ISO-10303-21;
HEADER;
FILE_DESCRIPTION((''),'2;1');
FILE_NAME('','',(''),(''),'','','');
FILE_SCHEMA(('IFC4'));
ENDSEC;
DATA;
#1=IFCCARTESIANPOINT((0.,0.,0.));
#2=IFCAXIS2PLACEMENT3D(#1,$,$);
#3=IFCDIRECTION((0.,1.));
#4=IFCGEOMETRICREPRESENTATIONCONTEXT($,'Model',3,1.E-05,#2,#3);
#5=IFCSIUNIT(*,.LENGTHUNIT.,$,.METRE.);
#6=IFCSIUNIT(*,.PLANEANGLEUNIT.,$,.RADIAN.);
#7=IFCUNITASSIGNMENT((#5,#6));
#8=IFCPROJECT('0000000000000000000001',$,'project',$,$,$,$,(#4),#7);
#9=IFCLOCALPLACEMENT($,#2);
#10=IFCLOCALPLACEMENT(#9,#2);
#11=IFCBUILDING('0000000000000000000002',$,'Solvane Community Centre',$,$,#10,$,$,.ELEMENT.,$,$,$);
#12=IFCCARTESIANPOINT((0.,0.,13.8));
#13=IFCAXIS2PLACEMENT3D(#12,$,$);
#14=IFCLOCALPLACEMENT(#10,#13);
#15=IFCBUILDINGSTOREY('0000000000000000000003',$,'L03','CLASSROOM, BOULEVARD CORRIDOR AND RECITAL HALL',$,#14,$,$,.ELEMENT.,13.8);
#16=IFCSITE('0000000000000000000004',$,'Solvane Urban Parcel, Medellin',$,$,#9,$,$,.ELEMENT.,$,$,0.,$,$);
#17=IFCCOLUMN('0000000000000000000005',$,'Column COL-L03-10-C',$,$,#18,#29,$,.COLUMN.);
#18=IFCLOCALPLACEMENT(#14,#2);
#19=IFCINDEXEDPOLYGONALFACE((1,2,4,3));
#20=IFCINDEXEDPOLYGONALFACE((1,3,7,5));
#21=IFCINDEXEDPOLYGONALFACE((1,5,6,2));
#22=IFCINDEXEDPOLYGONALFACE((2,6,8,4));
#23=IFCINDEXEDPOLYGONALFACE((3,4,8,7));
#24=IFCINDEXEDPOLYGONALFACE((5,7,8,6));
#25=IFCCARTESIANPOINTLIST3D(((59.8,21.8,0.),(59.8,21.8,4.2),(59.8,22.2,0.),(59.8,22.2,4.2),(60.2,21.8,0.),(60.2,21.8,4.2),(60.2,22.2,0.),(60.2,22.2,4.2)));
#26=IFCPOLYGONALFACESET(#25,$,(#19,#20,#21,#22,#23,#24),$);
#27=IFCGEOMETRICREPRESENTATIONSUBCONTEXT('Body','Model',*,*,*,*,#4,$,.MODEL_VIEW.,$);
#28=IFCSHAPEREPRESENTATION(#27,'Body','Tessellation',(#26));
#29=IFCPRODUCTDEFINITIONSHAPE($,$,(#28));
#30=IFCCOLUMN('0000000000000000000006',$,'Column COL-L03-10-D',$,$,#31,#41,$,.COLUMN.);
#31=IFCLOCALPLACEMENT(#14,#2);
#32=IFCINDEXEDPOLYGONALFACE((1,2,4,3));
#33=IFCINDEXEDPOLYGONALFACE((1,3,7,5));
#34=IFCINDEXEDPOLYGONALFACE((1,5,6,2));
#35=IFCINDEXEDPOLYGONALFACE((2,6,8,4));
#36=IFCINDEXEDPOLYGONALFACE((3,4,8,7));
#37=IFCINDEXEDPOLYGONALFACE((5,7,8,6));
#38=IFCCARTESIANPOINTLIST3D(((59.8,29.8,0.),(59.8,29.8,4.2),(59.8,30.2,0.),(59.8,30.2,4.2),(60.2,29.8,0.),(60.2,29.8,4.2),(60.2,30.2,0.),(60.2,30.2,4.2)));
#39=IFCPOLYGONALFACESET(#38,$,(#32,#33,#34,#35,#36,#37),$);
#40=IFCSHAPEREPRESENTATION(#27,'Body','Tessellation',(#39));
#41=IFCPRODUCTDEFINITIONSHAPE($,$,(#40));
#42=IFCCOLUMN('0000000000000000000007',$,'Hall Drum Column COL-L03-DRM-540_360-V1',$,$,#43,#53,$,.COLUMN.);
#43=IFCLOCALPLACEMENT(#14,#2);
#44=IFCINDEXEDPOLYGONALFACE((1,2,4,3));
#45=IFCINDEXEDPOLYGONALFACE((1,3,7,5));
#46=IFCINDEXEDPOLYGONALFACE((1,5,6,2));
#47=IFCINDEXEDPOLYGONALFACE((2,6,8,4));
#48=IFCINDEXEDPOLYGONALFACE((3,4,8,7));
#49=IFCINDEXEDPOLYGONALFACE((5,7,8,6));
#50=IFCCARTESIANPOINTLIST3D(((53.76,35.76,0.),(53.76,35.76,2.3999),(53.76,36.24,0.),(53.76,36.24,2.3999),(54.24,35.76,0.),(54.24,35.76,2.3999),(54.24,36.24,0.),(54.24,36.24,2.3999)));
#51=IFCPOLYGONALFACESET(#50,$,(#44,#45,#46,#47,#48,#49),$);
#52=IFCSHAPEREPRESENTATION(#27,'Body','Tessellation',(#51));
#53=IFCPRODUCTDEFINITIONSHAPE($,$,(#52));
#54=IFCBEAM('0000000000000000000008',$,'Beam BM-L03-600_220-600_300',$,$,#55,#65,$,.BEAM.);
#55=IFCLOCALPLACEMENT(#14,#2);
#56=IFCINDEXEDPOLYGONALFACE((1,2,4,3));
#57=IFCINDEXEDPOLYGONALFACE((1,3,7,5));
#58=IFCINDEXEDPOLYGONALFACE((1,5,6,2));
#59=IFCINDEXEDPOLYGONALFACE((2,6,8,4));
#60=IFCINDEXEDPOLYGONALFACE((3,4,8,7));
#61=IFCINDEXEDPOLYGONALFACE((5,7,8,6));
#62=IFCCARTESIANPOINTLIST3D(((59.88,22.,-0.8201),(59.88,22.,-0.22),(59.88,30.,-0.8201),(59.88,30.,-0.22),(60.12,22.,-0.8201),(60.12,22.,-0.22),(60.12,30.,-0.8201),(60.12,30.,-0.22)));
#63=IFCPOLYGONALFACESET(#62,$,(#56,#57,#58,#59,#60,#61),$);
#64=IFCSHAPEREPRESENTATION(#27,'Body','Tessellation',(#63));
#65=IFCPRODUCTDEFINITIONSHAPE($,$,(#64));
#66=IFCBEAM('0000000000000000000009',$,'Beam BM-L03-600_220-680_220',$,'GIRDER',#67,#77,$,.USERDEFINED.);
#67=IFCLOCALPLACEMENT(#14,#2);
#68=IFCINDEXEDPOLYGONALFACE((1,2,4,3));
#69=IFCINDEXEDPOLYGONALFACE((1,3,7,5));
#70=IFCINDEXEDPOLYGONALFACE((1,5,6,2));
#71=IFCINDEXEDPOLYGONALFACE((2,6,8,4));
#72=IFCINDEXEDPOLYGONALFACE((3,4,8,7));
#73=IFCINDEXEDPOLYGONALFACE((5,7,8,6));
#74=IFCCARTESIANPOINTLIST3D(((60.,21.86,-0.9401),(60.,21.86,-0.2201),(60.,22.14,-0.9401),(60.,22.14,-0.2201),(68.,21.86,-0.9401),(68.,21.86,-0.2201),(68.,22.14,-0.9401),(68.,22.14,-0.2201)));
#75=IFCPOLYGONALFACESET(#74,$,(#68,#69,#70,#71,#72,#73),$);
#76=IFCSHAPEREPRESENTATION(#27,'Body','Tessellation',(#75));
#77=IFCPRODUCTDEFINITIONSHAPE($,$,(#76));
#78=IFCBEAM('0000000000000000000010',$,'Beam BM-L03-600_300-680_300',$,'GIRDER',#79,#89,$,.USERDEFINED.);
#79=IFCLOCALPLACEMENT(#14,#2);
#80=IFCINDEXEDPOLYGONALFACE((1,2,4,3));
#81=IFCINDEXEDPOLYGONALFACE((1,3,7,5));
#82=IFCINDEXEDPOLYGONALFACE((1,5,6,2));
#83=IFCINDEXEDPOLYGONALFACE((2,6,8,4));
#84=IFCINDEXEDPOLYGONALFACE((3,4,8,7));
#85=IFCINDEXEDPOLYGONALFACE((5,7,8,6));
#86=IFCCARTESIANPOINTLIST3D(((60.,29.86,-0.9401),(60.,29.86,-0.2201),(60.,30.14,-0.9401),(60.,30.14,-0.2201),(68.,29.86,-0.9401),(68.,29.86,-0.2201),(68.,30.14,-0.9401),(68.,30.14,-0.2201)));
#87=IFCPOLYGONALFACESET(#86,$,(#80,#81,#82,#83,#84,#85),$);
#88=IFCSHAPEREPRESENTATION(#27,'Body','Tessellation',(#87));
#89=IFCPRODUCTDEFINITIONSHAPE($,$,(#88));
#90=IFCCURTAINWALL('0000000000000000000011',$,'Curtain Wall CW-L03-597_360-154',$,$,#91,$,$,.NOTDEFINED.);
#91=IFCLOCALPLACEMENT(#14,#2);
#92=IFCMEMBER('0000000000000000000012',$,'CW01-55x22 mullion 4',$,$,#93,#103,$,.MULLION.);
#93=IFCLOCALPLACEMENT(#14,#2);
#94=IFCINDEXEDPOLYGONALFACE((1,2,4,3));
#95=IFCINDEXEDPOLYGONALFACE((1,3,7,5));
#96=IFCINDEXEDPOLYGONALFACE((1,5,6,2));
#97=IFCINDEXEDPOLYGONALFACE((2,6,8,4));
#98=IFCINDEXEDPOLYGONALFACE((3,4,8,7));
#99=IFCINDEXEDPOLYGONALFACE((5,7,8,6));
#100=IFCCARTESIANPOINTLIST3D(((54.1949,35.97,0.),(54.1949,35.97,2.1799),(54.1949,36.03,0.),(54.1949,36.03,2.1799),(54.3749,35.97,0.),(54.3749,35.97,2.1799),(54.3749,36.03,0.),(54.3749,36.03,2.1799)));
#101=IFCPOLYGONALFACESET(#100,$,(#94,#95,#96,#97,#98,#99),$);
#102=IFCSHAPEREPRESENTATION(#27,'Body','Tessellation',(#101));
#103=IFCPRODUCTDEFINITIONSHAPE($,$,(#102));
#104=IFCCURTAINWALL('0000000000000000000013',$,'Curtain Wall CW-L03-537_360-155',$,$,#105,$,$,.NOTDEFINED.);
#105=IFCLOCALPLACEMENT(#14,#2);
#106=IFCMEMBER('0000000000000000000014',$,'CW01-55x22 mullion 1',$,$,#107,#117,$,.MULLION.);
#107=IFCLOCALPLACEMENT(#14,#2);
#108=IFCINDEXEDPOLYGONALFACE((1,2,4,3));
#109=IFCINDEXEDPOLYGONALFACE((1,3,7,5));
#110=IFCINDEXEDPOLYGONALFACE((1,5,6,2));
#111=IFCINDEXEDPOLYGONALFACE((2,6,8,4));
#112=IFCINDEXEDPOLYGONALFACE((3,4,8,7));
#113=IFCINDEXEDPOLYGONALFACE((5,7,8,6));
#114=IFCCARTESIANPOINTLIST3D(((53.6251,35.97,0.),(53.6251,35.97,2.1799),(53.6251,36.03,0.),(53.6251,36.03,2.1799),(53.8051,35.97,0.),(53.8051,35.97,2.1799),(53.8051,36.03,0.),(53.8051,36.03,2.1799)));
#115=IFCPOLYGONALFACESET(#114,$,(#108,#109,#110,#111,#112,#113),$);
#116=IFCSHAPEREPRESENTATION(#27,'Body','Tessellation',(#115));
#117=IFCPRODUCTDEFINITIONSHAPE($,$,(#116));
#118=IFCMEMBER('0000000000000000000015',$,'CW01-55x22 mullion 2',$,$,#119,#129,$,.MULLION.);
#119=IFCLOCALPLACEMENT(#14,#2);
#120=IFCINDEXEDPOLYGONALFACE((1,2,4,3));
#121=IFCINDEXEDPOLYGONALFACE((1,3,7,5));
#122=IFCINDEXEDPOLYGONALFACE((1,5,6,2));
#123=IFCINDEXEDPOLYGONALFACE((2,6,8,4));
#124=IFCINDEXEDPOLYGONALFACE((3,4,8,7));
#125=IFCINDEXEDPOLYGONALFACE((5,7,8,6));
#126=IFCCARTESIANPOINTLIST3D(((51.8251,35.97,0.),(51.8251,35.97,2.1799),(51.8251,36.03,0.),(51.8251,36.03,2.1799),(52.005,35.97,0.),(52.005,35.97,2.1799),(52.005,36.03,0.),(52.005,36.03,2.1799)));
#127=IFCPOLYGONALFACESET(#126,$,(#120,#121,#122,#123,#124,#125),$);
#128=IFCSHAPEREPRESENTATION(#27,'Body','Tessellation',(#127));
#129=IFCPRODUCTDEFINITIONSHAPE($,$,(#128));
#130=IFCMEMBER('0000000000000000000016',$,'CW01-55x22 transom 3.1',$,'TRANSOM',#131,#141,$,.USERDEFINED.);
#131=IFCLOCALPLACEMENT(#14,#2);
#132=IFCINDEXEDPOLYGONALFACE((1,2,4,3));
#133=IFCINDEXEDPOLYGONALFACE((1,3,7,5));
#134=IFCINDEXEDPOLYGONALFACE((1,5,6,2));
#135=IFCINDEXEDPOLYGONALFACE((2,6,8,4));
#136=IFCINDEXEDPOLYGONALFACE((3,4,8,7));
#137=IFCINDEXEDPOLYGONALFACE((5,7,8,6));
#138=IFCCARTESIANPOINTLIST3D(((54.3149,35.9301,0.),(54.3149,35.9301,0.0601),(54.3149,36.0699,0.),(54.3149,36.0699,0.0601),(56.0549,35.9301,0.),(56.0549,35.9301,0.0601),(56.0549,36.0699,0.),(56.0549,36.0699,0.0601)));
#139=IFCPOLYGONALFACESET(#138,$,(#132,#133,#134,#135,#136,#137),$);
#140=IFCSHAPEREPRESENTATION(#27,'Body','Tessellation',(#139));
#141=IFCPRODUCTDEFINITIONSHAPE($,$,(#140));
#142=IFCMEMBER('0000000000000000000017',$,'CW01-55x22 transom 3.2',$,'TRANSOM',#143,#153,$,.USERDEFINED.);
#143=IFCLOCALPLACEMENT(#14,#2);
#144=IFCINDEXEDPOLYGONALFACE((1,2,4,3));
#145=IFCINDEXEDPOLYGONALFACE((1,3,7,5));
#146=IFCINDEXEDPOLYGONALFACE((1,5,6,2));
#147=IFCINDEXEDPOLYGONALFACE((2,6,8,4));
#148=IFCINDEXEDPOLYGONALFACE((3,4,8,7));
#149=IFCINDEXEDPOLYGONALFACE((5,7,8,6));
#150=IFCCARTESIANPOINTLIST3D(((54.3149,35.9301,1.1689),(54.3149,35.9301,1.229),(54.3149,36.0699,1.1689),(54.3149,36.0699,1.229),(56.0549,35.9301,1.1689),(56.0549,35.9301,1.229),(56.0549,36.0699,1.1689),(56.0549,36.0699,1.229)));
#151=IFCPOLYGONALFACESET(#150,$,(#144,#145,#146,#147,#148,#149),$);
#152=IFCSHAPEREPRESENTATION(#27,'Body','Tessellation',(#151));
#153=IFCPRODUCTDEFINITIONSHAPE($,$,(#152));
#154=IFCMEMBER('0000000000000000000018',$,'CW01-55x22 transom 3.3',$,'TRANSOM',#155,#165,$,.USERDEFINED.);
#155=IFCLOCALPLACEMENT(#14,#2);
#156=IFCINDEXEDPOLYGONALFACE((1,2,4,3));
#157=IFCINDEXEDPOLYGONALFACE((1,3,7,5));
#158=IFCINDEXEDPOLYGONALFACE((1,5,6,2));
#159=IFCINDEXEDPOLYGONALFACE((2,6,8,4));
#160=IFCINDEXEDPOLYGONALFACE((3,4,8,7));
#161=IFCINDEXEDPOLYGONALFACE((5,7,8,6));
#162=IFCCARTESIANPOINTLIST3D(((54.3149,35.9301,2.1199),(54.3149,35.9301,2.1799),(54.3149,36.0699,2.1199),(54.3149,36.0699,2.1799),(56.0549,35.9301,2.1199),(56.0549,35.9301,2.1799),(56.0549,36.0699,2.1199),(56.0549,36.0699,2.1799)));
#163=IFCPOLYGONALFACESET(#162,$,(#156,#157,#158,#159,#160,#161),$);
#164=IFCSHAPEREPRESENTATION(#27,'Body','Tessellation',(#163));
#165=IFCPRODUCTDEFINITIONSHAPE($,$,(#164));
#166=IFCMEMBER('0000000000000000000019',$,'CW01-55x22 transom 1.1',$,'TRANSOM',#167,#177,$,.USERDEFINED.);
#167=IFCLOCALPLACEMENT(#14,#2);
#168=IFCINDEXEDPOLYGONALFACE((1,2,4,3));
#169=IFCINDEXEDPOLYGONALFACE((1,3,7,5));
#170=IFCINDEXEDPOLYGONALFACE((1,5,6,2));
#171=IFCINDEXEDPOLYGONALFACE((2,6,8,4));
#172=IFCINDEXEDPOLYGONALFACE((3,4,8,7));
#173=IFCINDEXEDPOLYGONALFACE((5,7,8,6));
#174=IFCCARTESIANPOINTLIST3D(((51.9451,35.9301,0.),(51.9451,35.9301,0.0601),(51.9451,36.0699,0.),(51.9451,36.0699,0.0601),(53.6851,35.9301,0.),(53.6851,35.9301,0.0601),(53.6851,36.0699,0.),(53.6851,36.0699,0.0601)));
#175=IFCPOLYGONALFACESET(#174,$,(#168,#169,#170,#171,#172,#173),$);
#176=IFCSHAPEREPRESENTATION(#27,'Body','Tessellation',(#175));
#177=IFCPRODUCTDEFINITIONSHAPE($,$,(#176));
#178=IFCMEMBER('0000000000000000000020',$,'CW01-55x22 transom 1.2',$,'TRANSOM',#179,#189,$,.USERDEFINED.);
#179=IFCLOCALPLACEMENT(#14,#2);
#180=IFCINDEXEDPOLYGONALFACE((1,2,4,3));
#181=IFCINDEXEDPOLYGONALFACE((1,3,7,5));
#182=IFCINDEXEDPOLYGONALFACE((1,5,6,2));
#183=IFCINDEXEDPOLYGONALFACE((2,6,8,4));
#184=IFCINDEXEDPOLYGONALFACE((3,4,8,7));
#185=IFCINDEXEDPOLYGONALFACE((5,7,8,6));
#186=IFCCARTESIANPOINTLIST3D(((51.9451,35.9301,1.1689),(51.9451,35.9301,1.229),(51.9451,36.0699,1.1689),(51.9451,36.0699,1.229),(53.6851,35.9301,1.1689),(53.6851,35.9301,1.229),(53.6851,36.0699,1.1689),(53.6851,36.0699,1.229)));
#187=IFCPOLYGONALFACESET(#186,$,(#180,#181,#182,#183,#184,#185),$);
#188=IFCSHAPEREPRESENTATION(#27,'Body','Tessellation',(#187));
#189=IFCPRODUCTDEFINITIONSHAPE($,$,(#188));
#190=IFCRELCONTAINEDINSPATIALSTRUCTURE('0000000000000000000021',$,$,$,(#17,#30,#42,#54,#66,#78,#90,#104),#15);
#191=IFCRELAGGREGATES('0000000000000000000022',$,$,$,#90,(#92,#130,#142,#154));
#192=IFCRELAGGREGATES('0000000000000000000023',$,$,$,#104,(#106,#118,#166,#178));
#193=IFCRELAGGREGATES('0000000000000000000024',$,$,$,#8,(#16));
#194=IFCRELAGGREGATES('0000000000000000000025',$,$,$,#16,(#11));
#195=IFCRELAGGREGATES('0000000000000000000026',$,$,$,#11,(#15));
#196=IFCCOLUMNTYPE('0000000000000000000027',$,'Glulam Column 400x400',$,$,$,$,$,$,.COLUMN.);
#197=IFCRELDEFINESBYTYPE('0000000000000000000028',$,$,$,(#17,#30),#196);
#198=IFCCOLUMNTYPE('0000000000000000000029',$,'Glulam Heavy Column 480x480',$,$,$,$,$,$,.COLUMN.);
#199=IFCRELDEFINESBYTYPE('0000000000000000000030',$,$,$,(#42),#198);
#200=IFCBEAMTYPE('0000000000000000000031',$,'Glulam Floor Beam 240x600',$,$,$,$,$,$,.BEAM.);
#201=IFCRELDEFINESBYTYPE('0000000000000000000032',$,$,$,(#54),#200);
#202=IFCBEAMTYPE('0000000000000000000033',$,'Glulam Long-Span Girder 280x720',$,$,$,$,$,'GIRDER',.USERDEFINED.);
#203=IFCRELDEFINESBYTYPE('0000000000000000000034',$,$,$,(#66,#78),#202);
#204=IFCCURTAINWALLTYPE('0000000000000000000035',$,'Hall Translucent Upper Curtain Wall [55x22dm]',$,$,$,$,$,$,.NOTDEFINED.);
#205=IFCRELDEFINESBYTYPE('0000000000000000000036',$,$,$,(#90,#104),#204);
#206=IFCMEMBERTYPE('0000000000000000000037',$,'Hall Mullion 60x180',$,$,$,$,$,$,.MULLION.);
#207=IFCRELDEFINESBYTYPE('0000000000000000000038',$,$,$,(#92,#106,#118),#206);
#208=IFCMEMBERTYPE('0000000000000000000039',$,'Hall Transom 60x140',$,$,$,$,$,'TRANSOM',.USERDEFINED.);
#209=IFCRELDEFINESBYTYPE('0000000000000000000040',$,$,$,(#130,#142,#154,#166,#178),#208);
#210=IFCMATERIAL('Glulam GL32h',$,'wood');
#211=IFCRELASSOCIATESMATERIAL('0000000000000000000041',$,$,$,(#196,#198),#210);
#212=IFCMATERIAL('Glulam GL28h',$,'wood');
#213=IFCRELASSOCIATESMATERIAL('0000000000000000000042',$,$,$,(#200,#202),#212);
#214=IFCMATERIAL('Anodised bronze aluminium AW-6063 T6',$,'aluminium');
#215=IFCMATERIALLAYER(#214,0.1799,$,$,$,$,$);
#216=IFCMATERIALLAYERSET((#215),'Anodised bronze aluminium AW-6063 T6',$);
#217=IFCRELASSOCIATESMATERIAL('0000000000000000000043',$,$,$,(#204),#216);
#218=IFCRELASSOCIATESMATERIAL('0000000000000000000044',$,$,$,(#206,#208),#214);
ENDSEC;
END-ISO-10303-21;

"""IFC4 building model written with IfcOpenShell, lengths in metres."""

from ifc_helpers import new_model, si_unit, direction, frame, origin, origin_2d, place, context, subcontext, project, spatial, rectangle, extrude, material, layer, layer_set, material_profile, profile_set, type_object, element, aggregate, save


model = new_model("IFC4")

# Units and contexts
model_context = context("Model", 3, precision=1e-05, world=origin(), true_north=direction((0.0, 1.0)))
body_context = subcontext(model_context, "Body", "Model", "MODEL_VIEW")
ifc_project = project(units=[si_unit("LENGTHUNIT", "METRE"), si_unit("PLANEANGLEUNIT", "RADIAN")], contexts=[model_context])

# Site, building, storey
site_placement = place(None, origin())
site = spatial("IfcSite", under=ifc_project, at=site_placement, Name="Solvane Urban Parcel, Medellin", CompositionType="ELEMENT", RefElevation=0.0)
building_placement = place(site_placement, origin())
building = spatial("IfcBuilding", under=site, at=building_placement, Name="Solvane Community Centre", CompositionType="ELEMENT")
storey_placement = place(building_placement, frame((0.0, 0.0, 13.8)))
storey = spatial("IfcBuildingStorey", under=building, at=storey_placement, Name="L03", Description="CLASSROOM, BOULEVARD CORRIDOR AND RECITAL HALL", CompositionType="ELEMENT", Elevation=13.8)

# Columns
ifc_material_1 = material(Name="Glulam GL32h", Category="wood")
ifc_material_profile_1 = material_profile(ifc_material_1, rectangle(XDim=0.3999, YDim=0.3999, at=origin_2d()), Name="GL32h 400x400")
ifc_profile_set_1 = profile_set([ifc_material_profile_1], Name="Glulam GL32h")
column_type_1 = type_object("IfcColumnType", Name="Glulam Column 400x400", PredefinedType="COLUMN", material=ifc_profile_set_1)
for number, where, z_axis, x_axis, name in (
    (1, (60.0, 22.0, 0.0), (0.0, 0.0, 1.0), (1.0, 0.0, 0.0), "Column COL-L03-10-C"),
    (2, (60.0, 30.0, 0.0), (0.0, 0.0, 1.0), (1.0, 0.0, 0.0), "Column COL-L03-10-D"),
):
    element("IfcColumn", number, at=place(storey_placement, frame(where, z_axis=z_axis, x_axis=x_axis)), inside=storey, type_object=column_type_1, Name=name, PredefinedType="COLUMN", context=body_context, shape_type="SweptSolid", body=[
        extrude(rectangle(XDim=0.3999, YDim=0.3999, at=origin_2d()), origin(), (0.0, 0.0, 1.0), 4.2),
    ])
ifc_material_profile_2 = material_profile(ifc_material_1, rectangle(XDim=0.48, YDim=0.48, at=origin_2d()), Name="GL32h 480x480")
ifc_profile_set_2 = profile_set([ifc_material_profile_2], Name="Glulam GL32h")
column_type_2 = type_object("IfcColumnType", Name="Glulam Heavy Column 480x480", PredefinedType="COLUMN", material=ifc_profile_set_2)
column_placement = place(storey_placement, frame((54.0, 36.0, 0.0), z_axis=(0.0, 0.0, 1.0), x_axis=(1.0, 0.0, 0.0)))
element("IfcColumn", 3, at=column_placement, inside=storey, type_object=column_type_2, Name="Hall Drum Column COL-L03-DRM-540_360-V1", PredefinedType="COLUMN", context=body_context, shape_type="SweptSolid", body=[
    extrude(rectangle(XDim=0.48, YDim=0.48, at=origin_2d()), origin(), (0.0, 0.0, 1.0), 2.3999),
])

# Beams
ifc_material_2 = material(Name="Glulam GL28h", Category="wood")
ifc_material_profile_3 = material_profile(ifc_material_2, rectangle(XDim=0.24, YDim=0.6001, at=origin_2d()), Name="GL28h 240x600")
ifc_profile_set_3 = profile_set([ifc_material_profile_3], Name="Glulam GL28h")
beam_type_1 = type_object("IfcBeamType", Name="Glulam Floor Beam 240x600", PredefinedType="BEAM", material=ifc_profile_set_3)
beam_1_placement = place(storey_placement, frame((60.0, 22.0, -0.52), z_axis=(0.0, 1.0, 0.0), x_axis=(-1.0, 0.0, 0.0)))
element("IfcBeam", 4, at=beam_1_placement, inside=storey, type_object=beam_type_1, Name="Beam BM-L03-600_220-600_300", PredefinedType="BEAM", context=body_context, shape_type="SweptSolid", body=[
    extrude(rectangle(XDim=0.24, YDim=0.6001, at=origin_2d()), origin(), (0.0, 0.0, 1.0), 8.0),
])
ifc_material_profile_4 = material_profile(ifc_material_2, rectangle(XDim=0.28, YDim=0.72, at=origin_2d()), Name="GL28h 280x720")
ifc_profile_set_4 = profile_set([ifc_material_profile_4], Name="Glulam GL28h")
beam_type_2 = type_object("IfcBeamType", Name="Glulam Long-Span Girder 280x720", ElementType="GIRDER", PredefinedType="USERDEFINED", material=ifc_profile_set_4)
for number, where, z_axis, x_axis, name in (
    (5, (60.0, 22.0, -0.5801), (1.0, 0.0, 0.0), (0.0, 1.0, 0.0), "Beam BM-L03-600_220-680_220"),
    (6, (60.0, 30.0, -0.5801), (1.0, 0.0, 0.0), (0.0, 1.0, 0.0), "Beam BM-L03-600_300-680_300"),
):
    element("IfcBeam", number, at=place(storey_placement, frame(where, z_axis=z_axis, x_axis=x_axis)), inside=storey, type_object=beam_type_2, Name=name, ObjectType="GIRDER", PredefinedType="USERDEFINED", context=body_context, shape_type="SweptSolid", body=[
        extrude(rectangle(XDim=0.28, YDim=0.72, at=origin_2d()), origin(), (0.0, 0.0, 1.0), 8.0),
    ])

# Curtain wall, member
ifc_material_3 = material(Name="Anodised bronze aluminium AW-6063 T6", Category="aluminium")
ifc_layer_1 = layer(ifc_material_3, 0.1799)
ifc_layer_set_1 = layer_set([ifc_layer_1], Name="Anodised bronze aluminium AW-6063 T6")
curtain_wall_type = type_object("IfcCurtainWallType", Name="Hall Translucent Upper Curtain Wall [55x22dm]", PredefinedType="NOTDEFINED", material=ifc_layer_set_1)
curtain_wall_1_placement = place(storey_placement, origin())
curtain_wall_1 = element("IfcCurtainWall", 7, at=curtain_wall_1_placement, inside=storey, type_object=curtain_wall_type, Name="Curtain Wall CW-L03-597_360-154", PredefinedType="NOTDEFINED")
ifc_material_profile_5 = material_profile(ifc_material_3, rectangle(XDim=0.0601, YDim=0.1799, at=origin_2d()), Name="CW-M 60x180")
ifc_profile_set_5 = profile_set([ifc_material_profile_5], Name="Anodised bronze aluminium AW-6063 T6")
member_type_1 = type_object("IfcMemberType", Name="Hall Mullion 60x180", PredefinedType="MULLION", material=ifc_profile_set_5)
member_1_placement = place(storey_placement, frame((54.2849, 36.0, 0.0), z_axis=(0.0, 0.0, 1.0), x_axis=(0.0, -1.0, 0.0)))
member_1 = element("IfcMember", 8, at=member_1_placement, type_object=member_type_1, Name="CW01-55x22 mullion 4", PredefinedType="MULLION", context=body_context, shape_type="SweptSolid", body=[
    extrude(rectangle(XDim=0.0601, YDim=0.1799, at=origin_2d()), origin(), (0.0, 0.0, 1.0), 2.1799),
])

# Curtain wall, members
curtain_wall_2_placement = place(storey_placement, origin())
curtain_wall_2 = element("IfcCurtainWall", 9, at=curtain_wall_2_placement, inside=storey, type_object=curtain_wall_type, Name="Curtain Wall CW-L03-537_360-155", PredefinedType="NOTDEFINED")
member_2_placement = place(storey_placement, frame((53.7151, 36.0, 0.0), z_axis=(0.0, 0.0, 1.0), x_axis=(0.0, -1.0, 0.0)))
member_2 = element("IfcMember", 10, at=member_2_placement, type_object=member_type_1, Name="CW01-55x22 mullion 1", PredefinedType="MULLION", context=body_context, shape_type="SweptSolid", body=[
    extrude(rectangle(XDim=0.0601, YDim=0.1799, at=origin_2d()), origin(), (0.0, 0.0, 1.0), 2.1799),
])
member_3_placement = place(storey_placement, frame((51.915, 36.0, 0.0), z_axis=(0.0, 0.0, 1.0), x_axis=(0.0, -1.0, 0.0)))
member_3 = element("IfcMember", 11, at=member_3_placement, type_object=member_type_1, Name="CW01-55x22 mullion 2", PredefinedType="MULLION", context=body_context, shape_type="SweptSolid", body=[
    extrude(rectangle(XDim=0.0601, YDim=0.1799, at=origin_2d()), origin(), (0.0, 0.0, 1.0), 2.1799),
])

# Members
ifc_material_profile_6 = material_profile(ifc_material_3, rectangle(XDim=0.1399, YDim=0.0601, at=origin_2d()), Name="CW-T 60x140")
ifc_profile_set_6 = profile_set([ifc_material_profile_6], Name="Anodised bronze aluminium AW-6063 T6")
member_type_2 = type_object("IfcMemberType", Name="Hall Transom 60x140", ElementType="TRANSOM", PredefinedType="USERDEFINED", material=ifc_profile_set_6)
member_4_placement = place(storey_placement, frame((56.0549, 36.0, 0.03), z_axis=(-1.0, 0.0, 0.0), x_axis=(0.0, -1.0, 0.0)))
member_4 = element("IfcMember", 12, at=member_4_placement, type_object=member_type_2, Name="CW01-55x22 transom 3.1", ObjectType="TRANSOM", PredefinedType="USERDEFINED", context=body_context, shape_type="SweptSolid", body=[
    extrude(rectangle(XDim=0.1399, YDim=0.0601, at=origin_2d()), origin(), (0.0, 0.0, 1.0), 1.74),
])
member_5_placement = place(storey_placement, frame((56.0549, 36.0, 1.199), z_axis=(-1.0, 0.0, 0.0), x_axis=(0.0, -1.0, 0.0)))
member_5 = element("IfcMember", 13, at=member_5_placement, type_object=member_type_2, Name="CW01-55x22 transom 3.2", ObjectType="TRANSOM", PredefinedType="USERDEFINED", context=body_context, shape_type="SweptSolid", body=[
    extrude(rectangle(XDim=0.1399, YDim=0.0601, at=origin_2d()), origin(), (0.0, 0.0, 1.0), 1.74),
])
member_6_placement = place(storey_placement, frame((56.0549, 36.0, 2.1499), z_axis=(-1.0, 0.0, 0.0), x_axis=(0.0, -1.0, 0.0)))
member_6 = element("IfcMember", 14, at=member_6_placement, type_object=member_type_2, Name="CW01-55x22 transom 3.3", ObjectType="TRANSOM", PredefinedType="USERDEFINED", context=body_context, shape_type="SweptSolid", body=[
    extrude(rectangle(XDim=0.1399, YDim=0.0601, at=origin_2d()), origin(), (0.0, 0.0, 1.0), 1.74),
])
member_7_placement = place(storey_placement, frame((53.6851, 36.0, 0.03), z_axis=(-1.0, 0.0, 0.0), x_axis=(0.0, -1.0, 0.0)))
member_7 = element("IfcMember", 15, at=member_7_placement, type_object=member_type_2, Name="CW01-55x22 transom 1.1", ObjectType="TRANSOM", PredefinedType="USERDEFINED", context=body_context, shape_type="SweptSolid", body=[
    extrude(rectangle(XDim=0.1399, YDim=0.0601, at=origin_2d()), origin(), (0.0, 0.0, 1.0), 1.74),
])
member_8_placement = place(storey_placement, frame((53.6851, 36.0, 1.199), z_axis=(-1.0, 0.0, 0.0), x_axis=(0.0, -1.0, 0.0)))
member_8 = element("IfcMember", 16, at=member_8_placement, type_object=member_type_2, Name="CW01-55x22 transom 1.2", ObjectType="TRANSOM", PredefinedType="USERDEFINED", context=body_context, shape_type="SweptSolid", body=[
    extrude(rectangle(XDim=0.1399, YDim=0.0601, at=origin_2d()), origin(), (0.0, 0.0, 1.0), 1.74),
])

aggregate(curtain_wall_1, [member_1, member_4, member_5, member_6])
aggregate(curtain_wall_2, [member_2, member_3, member_7, member_8])

save(model, "model.ifc")
